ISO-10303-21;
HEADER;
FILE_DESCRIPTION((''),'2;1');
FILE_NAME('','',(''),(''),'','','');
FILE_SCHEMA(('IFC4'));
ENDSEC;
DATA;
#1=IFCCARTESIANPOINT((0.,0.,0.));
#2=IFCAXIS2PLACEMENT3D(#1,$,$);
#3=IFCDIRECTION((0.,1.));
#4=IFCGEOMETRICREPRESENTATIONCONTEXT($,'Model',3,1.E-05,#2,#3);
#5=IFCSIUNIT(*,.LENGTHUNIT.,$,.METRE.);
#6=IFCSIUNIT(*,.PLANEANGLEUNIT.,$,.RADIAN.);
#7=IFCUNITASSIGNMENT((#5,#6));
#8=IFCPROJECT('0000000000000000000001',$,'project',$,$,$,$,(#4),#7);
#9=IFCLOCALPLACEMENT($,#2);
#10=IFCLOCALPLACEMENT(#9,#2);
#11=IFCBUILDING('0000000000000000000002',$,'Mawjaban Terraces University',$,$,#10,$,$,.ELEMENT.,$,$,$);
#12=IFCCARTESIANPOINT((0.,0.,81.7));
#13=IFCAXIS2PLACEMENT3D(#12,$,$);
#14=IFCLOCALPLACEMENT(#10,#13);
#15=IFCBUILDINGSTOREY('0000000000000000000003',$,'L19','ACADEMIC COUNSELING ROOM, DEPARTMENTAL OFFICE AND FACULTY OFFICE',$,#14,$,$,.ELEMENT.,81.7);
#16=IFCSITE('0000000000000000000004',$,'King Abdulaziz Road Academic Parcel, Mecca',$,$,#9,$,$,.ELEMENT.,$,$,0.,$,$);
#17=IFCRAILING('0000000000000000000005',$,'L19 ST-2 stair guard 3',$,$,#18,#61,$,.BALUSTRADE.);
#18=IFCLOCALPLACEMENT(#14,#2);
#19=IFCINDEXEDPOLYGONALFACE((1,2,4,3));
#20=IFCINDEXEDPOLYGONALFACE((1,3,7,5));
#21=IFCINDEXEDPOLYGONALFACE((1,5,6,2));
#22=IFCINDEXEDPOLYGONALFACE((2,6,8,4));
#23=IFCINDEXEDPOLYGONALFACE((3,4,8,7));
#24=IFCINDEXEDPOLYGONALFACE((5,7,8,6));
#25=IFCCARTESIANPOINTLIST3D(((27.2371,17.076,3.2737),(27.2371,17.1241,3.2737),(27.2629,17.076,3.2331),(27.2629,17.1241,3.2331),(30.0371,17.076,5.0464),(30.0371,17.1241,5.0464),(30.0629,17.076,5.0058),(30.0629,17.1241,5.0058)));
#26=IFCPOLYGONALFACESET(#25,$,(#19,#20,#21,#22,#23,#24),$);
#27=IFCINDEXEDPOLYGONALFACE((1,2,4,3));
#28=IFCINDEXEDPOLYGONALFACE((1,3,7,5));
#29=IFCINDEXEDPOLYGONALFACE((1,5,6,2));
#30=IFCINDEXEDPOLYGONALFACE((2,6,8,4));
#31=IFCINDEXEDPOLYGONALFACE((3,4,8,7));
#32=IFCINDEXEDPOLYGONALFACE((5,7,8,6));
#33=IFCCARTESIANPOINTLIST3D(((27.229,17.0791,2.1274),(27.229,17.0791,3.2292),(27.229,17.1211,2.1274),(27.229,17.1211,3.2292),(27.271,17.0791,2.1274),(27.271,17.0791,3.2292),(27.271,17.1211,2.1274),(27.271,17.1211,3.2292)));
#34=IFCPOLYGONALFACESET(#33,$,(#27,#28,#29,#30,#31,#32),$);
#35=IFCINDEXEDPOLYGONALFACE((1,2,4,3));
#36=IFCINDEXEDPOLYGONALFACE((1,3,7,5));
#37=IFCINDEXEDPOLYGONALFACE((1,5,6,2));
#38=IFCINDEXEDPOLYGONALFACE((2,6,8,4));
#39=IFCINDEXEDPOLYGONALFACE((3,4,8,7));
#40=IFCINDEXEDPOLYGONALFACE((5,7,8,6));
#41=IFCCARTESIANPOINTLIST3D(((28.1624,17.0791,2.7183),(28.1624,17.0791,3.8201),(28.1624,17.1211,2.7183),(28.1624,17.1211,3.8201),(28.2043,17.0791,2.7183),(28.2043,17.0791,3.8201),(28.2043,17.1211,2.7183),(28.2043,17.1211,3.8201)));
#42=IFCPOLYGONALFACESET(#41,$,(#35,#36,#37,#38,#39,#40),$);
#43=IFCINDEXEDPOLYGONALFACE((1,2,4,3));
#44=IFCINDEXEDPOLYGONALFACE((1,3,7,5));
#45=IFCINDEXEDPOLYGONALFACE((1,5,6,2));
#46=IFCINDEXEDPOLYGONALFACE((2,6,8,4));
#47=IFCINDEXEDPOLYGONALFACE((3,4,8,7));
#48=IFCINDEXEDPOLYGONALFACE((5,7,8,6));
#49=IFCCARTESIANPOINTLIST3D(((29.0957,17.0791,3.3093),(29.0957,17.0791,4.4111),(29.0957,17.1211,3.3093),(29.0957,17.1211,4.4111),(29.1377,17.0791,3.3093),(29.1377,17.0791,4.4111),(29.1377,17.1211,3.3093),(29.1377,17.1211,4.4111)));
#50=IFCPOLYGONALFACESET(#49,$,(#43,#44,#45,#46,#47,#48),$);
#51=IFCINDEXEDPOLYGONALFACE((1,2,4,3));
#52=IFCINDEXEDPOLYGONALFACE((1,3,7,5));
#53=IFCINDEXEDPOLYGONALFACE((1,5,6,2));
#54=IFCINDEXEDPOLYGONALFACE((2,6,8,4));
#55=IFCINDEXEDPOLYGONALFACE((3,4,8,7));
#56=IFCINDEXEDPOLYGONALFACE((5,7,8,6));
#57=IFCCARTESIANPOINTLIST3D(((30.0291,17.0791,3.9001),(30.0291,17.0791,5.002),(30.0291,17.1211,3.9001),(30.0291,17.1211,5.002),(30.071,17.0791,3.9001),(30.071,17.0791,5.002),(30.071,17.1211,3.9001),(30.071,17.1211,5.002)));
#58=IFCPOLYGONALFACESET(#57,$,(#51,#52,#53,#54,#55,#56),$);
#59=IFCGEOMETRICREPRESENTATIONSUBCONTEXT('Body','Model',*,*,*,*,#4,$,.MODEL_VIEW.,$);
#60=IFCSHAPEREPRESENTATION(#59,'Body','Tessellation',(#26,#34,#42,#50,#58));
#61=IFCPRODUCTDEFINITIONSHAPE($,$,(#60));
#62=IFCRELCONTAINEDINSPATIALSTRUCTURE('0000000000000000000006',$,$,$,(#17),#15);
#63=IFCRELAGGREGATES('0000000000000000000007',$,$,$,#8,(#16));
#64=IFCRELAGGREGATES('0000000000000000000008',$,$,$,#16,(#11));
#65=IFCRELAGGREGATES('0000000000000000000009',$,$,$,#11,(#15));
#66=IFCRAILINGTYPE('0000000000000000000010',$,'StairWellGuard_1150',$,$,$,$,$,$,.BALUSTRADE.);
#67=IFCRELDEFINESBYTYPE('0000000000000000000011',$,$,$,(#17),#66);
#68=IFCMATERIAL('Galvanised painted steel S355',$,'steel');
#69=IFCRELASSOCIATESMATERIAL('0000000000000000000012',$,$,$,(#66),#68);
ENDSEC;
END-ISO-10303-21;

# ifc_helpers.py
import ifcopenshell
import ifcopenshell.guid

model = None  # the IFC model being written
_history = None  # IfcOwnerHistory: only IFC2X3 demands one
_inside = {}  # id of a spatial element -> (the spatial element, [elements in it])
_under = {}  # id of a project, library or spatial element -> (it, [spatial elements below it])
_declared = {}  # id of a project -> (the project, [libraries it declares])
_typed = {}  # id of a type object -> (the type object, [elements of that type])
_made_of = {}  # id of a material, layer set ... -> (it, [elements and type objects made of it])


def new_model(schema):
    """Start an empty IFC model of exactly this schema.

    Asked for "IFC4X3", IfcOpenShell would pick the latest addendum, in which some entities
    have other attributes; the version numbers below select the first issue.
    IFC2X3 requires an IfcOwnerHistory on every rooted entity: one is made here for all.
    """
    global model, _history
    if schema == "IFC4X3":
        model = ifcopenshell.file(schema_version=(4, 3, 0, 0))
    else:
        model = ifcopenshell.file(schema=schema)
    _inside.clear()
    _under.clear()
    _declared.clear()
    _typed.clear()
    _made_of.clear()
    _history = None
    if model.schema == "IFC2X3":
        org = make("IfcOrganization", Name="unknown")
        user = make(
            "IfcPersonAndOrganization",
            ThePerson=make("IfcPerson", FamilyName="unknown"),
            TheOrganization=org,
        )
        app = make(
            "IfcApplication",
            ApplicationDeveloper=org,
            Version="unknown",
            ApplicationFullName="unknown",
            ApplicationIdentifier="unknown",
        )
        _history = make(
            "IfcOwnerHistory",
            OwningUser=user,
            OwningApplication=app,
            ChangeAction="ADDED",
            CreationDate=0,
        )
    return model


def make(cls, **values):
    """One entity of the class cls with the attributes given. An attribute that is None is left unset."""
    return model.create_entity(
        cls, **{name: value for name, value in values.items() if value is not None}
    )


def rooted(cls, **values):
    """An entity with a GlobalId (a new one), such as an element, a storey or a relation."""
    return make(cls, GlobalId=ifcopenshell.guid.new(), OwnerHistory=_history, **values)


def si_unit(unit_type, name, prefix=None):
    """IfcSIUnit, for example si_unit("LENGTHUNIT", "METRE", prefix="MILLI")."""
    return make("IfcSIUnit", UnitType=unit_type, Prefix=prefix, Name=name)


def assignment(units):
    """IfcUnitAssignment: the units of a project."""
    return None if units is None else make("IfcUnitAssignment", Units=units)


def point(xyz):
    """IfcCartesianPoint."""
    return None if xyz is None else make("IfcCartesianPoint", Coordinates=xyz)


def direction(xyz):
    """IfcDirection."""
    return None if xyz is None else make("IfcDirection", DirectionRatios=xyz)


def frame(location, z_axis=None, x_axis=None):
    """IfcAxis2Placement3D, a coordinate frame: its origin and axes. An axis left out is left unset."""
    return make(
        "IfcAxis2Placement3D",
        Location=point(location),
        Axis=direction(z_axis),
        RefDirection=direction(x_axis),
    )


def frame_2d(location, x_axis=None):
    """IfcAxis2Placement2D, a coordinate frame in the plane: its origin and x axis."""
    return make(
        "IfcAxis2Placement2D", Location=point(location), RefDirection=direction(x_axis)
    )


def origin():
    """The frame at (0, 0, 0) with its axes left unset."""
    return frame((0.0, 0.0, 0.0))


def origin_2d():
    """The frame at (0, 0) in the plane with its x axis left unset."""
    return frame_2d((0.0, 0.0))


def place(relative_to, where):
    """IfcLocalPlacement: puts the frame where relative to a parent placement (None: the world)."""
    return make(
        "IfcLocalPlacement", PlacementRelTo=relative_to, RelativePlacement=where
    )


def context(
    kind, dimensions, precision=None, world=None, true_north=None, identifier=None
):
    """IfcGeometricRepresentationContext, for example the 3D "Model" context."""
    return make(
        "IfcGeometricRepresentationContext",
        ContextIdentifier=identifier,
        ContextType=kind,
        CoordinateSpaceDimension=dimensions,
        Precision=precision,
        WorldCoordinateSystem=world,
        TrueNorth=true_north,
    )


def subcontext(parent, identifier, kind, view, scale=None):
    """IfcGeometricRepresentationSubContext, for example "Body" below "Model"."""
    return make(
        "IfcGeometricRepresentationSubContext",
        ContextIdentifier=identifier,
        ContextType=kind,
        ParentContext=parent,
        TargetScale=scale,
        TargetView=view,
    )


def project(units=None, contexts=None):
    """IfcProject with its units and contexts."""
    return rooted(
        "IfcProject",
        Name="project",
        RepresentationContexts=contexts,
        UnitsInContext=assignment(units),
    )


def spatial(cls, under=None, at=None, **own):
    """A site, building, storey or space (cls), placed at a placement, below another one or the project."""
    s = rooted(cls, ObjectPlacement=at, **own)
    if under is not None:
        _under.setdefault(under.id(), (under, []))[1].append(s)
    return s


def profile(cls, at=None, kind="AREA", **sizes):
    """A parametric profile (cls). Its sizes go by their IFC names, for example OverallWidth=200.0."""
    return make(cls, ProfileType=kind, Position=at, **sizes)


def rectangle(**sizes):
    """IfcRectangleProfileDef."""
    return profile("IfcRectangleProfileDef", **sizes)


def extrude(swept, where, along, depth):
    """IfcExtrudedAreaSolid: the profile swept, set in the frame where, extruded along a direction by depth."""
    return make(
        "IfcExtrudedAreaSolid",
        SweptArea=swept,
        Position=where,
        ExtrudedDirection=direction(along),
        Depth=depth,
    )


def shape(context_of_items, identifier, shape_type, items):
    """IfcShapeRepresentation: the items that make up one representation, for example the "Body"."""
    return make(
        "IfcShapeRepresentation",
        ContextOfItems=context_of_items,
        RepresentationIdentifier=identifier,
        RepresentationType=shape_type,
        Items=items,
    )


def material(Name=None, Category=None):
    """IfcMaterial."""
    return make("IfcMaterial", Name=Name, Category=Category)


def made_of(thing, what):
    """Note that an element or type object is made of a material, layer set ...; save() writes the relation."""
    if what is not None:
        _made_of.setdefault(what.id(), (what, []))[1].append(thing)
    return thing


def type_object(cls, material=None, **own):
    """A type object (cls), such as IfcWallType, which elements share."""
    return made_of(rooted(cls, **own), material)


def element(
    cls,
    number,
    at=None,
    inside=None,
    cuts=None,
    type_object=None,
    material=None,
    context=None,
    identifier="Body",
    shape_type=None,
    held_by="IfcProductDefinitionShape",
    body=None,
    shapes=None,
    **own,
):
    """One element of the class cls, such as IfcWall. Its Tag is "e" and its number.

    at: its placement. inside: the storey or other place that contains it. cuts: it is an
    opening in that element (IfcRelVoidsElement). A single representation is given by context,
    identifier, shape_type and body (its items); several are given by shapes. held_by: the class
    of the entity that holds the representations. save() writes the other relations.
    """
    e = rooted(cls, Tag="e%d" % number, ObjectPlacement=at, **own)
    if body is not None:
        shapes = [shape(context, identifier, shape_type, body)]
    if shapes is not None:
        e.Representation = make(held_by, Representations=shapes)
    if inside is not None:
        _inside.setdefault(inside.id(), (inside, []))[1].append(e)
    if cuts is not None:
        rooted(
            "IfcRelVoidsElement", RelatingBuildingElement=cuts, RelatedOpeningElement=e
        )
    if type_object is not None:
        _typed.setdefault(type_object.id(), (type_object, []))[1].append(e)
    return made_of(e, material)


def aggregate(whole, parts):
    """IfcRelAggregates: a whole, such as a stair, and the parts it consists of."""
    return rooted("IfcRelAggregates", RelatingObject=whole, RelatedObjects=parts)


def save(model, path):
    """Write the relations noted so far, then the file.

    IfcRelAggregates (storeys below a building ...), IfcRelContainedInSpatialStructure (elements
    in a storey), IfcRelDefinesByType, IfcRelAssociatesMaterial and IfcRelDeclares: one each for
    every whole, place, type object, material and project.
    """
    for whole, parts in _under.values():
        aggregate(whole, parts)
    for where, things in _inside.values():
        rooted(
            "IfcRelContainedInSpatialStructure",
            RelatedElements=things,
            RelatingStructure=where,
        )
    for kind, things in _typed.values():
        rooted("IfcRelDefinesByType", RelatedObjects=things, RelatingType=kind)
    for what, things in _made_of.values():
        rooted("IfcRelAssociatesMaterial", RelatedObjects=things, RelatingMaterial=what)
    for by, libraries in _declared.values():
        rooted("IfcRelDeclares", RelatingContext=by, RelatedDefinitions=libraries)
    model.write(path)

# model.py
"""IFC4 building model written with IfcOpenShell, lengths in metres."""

from ifc_helpers import new_model, si_unit, direction, frame, origin, origin_2d, place, context, subcontext, project, spatial, rectangle, extrude, material, type_object, element, save


model = new_model("IFC4")

# Units and contexts
model_context = context("Model", 3, precision=1e-05, world=origin(), true_north=direction((0.0, 1.0)))
body_context = subcontext(model_context, "Body", "Model", "MODEL_VIEW")
ifc_project = project(units=[si_unit("LENGTHUNIT", "METRE"), si_unit("PLANEANGLEUNIT", "RADIAN")], contexts=[model_context])

# Site, building, storey
site_placement = place(None, origin())
site = spatial("IfcSite", under=ifc_project, at=site_placement, Name="King Abdulaziz Road Academic Parcel, Mecca", CompositionType="ELEMENT", RefElevation=0.0)
building_placement = place(site_placement, origin())
building = spatial("IfcBuilding", under=site, at=building_placement, Name="Mawjaban Terraces University", CompositionType="ELEMENT")
storey_placement = place(building_placement, frame((0.0, 0.0, 81.7)))
storey = spatial("IfcBuildingStorey", under=building, at=storey_placement, Name="L19", Description="ACADEMIC COUNSELING ROOM, DEPARTMENTAL OFFICE AND FACULTY OFFICE", CompositionType="ELEMENT", Elevation=81.7)

# Railing
ifc_material_1 = material(Name="Galvanised painted steel S355", Category="steel")
railing_type_1 = type_object("IfcRailingType", Name="StairWellGuard_1150", PredefinedType="BALUSTRADE", material=ifc_material_1)
railing_1_placement = place(storey_placement, frame((27.25, 17.1001, 2.1274)))
element("IfcRailing", 1, at=railing_1_placement, inside=storey, type_object=railing_type_1, Name="L19 ST-2 stair guard 3", PredefinedType="BALUSTRADE", context=body_context, shape_type="SweptSolid", body=[
    extrude(rectangle(XDim=0.0481, YDim=0.0481, at=origin_2d()), frame((0.0, 0.0, 1.126), z_axis=(0.844909, 0.0, 0.53491), x_axis=(0.0, 1.0, 0.0)), (0.0, 0.0, 1.0), 3.314),
    extrude(rectangle(XDim=0.042, YDim=0.042, at=origin_2d()), origin(), (0.0, 0.0, 1.0), 1.1018),
    extrude(rectangle(XDim=0.042, YDim=0.042, at=origin_2d()), frame((0.9333, 0.0, 0.5908)), (0.0, 0.0, 1.0), 1.1018),
    extrude(rectangle(XDim=0.042, YDim=0.042, at=origin_2d()), frame((1.8667, 0.0, 1.1819)), (0.0, 0.0, 1.0), 1.1018),
    extrude(rectangle(XDim=0.042, YDim=0.042, at=origin_2d()), frame((2.8, 0.0, 1.7727)), (0.0, 0.0, 1.0), 1.1018),
])

save(model, "model.ifc")
